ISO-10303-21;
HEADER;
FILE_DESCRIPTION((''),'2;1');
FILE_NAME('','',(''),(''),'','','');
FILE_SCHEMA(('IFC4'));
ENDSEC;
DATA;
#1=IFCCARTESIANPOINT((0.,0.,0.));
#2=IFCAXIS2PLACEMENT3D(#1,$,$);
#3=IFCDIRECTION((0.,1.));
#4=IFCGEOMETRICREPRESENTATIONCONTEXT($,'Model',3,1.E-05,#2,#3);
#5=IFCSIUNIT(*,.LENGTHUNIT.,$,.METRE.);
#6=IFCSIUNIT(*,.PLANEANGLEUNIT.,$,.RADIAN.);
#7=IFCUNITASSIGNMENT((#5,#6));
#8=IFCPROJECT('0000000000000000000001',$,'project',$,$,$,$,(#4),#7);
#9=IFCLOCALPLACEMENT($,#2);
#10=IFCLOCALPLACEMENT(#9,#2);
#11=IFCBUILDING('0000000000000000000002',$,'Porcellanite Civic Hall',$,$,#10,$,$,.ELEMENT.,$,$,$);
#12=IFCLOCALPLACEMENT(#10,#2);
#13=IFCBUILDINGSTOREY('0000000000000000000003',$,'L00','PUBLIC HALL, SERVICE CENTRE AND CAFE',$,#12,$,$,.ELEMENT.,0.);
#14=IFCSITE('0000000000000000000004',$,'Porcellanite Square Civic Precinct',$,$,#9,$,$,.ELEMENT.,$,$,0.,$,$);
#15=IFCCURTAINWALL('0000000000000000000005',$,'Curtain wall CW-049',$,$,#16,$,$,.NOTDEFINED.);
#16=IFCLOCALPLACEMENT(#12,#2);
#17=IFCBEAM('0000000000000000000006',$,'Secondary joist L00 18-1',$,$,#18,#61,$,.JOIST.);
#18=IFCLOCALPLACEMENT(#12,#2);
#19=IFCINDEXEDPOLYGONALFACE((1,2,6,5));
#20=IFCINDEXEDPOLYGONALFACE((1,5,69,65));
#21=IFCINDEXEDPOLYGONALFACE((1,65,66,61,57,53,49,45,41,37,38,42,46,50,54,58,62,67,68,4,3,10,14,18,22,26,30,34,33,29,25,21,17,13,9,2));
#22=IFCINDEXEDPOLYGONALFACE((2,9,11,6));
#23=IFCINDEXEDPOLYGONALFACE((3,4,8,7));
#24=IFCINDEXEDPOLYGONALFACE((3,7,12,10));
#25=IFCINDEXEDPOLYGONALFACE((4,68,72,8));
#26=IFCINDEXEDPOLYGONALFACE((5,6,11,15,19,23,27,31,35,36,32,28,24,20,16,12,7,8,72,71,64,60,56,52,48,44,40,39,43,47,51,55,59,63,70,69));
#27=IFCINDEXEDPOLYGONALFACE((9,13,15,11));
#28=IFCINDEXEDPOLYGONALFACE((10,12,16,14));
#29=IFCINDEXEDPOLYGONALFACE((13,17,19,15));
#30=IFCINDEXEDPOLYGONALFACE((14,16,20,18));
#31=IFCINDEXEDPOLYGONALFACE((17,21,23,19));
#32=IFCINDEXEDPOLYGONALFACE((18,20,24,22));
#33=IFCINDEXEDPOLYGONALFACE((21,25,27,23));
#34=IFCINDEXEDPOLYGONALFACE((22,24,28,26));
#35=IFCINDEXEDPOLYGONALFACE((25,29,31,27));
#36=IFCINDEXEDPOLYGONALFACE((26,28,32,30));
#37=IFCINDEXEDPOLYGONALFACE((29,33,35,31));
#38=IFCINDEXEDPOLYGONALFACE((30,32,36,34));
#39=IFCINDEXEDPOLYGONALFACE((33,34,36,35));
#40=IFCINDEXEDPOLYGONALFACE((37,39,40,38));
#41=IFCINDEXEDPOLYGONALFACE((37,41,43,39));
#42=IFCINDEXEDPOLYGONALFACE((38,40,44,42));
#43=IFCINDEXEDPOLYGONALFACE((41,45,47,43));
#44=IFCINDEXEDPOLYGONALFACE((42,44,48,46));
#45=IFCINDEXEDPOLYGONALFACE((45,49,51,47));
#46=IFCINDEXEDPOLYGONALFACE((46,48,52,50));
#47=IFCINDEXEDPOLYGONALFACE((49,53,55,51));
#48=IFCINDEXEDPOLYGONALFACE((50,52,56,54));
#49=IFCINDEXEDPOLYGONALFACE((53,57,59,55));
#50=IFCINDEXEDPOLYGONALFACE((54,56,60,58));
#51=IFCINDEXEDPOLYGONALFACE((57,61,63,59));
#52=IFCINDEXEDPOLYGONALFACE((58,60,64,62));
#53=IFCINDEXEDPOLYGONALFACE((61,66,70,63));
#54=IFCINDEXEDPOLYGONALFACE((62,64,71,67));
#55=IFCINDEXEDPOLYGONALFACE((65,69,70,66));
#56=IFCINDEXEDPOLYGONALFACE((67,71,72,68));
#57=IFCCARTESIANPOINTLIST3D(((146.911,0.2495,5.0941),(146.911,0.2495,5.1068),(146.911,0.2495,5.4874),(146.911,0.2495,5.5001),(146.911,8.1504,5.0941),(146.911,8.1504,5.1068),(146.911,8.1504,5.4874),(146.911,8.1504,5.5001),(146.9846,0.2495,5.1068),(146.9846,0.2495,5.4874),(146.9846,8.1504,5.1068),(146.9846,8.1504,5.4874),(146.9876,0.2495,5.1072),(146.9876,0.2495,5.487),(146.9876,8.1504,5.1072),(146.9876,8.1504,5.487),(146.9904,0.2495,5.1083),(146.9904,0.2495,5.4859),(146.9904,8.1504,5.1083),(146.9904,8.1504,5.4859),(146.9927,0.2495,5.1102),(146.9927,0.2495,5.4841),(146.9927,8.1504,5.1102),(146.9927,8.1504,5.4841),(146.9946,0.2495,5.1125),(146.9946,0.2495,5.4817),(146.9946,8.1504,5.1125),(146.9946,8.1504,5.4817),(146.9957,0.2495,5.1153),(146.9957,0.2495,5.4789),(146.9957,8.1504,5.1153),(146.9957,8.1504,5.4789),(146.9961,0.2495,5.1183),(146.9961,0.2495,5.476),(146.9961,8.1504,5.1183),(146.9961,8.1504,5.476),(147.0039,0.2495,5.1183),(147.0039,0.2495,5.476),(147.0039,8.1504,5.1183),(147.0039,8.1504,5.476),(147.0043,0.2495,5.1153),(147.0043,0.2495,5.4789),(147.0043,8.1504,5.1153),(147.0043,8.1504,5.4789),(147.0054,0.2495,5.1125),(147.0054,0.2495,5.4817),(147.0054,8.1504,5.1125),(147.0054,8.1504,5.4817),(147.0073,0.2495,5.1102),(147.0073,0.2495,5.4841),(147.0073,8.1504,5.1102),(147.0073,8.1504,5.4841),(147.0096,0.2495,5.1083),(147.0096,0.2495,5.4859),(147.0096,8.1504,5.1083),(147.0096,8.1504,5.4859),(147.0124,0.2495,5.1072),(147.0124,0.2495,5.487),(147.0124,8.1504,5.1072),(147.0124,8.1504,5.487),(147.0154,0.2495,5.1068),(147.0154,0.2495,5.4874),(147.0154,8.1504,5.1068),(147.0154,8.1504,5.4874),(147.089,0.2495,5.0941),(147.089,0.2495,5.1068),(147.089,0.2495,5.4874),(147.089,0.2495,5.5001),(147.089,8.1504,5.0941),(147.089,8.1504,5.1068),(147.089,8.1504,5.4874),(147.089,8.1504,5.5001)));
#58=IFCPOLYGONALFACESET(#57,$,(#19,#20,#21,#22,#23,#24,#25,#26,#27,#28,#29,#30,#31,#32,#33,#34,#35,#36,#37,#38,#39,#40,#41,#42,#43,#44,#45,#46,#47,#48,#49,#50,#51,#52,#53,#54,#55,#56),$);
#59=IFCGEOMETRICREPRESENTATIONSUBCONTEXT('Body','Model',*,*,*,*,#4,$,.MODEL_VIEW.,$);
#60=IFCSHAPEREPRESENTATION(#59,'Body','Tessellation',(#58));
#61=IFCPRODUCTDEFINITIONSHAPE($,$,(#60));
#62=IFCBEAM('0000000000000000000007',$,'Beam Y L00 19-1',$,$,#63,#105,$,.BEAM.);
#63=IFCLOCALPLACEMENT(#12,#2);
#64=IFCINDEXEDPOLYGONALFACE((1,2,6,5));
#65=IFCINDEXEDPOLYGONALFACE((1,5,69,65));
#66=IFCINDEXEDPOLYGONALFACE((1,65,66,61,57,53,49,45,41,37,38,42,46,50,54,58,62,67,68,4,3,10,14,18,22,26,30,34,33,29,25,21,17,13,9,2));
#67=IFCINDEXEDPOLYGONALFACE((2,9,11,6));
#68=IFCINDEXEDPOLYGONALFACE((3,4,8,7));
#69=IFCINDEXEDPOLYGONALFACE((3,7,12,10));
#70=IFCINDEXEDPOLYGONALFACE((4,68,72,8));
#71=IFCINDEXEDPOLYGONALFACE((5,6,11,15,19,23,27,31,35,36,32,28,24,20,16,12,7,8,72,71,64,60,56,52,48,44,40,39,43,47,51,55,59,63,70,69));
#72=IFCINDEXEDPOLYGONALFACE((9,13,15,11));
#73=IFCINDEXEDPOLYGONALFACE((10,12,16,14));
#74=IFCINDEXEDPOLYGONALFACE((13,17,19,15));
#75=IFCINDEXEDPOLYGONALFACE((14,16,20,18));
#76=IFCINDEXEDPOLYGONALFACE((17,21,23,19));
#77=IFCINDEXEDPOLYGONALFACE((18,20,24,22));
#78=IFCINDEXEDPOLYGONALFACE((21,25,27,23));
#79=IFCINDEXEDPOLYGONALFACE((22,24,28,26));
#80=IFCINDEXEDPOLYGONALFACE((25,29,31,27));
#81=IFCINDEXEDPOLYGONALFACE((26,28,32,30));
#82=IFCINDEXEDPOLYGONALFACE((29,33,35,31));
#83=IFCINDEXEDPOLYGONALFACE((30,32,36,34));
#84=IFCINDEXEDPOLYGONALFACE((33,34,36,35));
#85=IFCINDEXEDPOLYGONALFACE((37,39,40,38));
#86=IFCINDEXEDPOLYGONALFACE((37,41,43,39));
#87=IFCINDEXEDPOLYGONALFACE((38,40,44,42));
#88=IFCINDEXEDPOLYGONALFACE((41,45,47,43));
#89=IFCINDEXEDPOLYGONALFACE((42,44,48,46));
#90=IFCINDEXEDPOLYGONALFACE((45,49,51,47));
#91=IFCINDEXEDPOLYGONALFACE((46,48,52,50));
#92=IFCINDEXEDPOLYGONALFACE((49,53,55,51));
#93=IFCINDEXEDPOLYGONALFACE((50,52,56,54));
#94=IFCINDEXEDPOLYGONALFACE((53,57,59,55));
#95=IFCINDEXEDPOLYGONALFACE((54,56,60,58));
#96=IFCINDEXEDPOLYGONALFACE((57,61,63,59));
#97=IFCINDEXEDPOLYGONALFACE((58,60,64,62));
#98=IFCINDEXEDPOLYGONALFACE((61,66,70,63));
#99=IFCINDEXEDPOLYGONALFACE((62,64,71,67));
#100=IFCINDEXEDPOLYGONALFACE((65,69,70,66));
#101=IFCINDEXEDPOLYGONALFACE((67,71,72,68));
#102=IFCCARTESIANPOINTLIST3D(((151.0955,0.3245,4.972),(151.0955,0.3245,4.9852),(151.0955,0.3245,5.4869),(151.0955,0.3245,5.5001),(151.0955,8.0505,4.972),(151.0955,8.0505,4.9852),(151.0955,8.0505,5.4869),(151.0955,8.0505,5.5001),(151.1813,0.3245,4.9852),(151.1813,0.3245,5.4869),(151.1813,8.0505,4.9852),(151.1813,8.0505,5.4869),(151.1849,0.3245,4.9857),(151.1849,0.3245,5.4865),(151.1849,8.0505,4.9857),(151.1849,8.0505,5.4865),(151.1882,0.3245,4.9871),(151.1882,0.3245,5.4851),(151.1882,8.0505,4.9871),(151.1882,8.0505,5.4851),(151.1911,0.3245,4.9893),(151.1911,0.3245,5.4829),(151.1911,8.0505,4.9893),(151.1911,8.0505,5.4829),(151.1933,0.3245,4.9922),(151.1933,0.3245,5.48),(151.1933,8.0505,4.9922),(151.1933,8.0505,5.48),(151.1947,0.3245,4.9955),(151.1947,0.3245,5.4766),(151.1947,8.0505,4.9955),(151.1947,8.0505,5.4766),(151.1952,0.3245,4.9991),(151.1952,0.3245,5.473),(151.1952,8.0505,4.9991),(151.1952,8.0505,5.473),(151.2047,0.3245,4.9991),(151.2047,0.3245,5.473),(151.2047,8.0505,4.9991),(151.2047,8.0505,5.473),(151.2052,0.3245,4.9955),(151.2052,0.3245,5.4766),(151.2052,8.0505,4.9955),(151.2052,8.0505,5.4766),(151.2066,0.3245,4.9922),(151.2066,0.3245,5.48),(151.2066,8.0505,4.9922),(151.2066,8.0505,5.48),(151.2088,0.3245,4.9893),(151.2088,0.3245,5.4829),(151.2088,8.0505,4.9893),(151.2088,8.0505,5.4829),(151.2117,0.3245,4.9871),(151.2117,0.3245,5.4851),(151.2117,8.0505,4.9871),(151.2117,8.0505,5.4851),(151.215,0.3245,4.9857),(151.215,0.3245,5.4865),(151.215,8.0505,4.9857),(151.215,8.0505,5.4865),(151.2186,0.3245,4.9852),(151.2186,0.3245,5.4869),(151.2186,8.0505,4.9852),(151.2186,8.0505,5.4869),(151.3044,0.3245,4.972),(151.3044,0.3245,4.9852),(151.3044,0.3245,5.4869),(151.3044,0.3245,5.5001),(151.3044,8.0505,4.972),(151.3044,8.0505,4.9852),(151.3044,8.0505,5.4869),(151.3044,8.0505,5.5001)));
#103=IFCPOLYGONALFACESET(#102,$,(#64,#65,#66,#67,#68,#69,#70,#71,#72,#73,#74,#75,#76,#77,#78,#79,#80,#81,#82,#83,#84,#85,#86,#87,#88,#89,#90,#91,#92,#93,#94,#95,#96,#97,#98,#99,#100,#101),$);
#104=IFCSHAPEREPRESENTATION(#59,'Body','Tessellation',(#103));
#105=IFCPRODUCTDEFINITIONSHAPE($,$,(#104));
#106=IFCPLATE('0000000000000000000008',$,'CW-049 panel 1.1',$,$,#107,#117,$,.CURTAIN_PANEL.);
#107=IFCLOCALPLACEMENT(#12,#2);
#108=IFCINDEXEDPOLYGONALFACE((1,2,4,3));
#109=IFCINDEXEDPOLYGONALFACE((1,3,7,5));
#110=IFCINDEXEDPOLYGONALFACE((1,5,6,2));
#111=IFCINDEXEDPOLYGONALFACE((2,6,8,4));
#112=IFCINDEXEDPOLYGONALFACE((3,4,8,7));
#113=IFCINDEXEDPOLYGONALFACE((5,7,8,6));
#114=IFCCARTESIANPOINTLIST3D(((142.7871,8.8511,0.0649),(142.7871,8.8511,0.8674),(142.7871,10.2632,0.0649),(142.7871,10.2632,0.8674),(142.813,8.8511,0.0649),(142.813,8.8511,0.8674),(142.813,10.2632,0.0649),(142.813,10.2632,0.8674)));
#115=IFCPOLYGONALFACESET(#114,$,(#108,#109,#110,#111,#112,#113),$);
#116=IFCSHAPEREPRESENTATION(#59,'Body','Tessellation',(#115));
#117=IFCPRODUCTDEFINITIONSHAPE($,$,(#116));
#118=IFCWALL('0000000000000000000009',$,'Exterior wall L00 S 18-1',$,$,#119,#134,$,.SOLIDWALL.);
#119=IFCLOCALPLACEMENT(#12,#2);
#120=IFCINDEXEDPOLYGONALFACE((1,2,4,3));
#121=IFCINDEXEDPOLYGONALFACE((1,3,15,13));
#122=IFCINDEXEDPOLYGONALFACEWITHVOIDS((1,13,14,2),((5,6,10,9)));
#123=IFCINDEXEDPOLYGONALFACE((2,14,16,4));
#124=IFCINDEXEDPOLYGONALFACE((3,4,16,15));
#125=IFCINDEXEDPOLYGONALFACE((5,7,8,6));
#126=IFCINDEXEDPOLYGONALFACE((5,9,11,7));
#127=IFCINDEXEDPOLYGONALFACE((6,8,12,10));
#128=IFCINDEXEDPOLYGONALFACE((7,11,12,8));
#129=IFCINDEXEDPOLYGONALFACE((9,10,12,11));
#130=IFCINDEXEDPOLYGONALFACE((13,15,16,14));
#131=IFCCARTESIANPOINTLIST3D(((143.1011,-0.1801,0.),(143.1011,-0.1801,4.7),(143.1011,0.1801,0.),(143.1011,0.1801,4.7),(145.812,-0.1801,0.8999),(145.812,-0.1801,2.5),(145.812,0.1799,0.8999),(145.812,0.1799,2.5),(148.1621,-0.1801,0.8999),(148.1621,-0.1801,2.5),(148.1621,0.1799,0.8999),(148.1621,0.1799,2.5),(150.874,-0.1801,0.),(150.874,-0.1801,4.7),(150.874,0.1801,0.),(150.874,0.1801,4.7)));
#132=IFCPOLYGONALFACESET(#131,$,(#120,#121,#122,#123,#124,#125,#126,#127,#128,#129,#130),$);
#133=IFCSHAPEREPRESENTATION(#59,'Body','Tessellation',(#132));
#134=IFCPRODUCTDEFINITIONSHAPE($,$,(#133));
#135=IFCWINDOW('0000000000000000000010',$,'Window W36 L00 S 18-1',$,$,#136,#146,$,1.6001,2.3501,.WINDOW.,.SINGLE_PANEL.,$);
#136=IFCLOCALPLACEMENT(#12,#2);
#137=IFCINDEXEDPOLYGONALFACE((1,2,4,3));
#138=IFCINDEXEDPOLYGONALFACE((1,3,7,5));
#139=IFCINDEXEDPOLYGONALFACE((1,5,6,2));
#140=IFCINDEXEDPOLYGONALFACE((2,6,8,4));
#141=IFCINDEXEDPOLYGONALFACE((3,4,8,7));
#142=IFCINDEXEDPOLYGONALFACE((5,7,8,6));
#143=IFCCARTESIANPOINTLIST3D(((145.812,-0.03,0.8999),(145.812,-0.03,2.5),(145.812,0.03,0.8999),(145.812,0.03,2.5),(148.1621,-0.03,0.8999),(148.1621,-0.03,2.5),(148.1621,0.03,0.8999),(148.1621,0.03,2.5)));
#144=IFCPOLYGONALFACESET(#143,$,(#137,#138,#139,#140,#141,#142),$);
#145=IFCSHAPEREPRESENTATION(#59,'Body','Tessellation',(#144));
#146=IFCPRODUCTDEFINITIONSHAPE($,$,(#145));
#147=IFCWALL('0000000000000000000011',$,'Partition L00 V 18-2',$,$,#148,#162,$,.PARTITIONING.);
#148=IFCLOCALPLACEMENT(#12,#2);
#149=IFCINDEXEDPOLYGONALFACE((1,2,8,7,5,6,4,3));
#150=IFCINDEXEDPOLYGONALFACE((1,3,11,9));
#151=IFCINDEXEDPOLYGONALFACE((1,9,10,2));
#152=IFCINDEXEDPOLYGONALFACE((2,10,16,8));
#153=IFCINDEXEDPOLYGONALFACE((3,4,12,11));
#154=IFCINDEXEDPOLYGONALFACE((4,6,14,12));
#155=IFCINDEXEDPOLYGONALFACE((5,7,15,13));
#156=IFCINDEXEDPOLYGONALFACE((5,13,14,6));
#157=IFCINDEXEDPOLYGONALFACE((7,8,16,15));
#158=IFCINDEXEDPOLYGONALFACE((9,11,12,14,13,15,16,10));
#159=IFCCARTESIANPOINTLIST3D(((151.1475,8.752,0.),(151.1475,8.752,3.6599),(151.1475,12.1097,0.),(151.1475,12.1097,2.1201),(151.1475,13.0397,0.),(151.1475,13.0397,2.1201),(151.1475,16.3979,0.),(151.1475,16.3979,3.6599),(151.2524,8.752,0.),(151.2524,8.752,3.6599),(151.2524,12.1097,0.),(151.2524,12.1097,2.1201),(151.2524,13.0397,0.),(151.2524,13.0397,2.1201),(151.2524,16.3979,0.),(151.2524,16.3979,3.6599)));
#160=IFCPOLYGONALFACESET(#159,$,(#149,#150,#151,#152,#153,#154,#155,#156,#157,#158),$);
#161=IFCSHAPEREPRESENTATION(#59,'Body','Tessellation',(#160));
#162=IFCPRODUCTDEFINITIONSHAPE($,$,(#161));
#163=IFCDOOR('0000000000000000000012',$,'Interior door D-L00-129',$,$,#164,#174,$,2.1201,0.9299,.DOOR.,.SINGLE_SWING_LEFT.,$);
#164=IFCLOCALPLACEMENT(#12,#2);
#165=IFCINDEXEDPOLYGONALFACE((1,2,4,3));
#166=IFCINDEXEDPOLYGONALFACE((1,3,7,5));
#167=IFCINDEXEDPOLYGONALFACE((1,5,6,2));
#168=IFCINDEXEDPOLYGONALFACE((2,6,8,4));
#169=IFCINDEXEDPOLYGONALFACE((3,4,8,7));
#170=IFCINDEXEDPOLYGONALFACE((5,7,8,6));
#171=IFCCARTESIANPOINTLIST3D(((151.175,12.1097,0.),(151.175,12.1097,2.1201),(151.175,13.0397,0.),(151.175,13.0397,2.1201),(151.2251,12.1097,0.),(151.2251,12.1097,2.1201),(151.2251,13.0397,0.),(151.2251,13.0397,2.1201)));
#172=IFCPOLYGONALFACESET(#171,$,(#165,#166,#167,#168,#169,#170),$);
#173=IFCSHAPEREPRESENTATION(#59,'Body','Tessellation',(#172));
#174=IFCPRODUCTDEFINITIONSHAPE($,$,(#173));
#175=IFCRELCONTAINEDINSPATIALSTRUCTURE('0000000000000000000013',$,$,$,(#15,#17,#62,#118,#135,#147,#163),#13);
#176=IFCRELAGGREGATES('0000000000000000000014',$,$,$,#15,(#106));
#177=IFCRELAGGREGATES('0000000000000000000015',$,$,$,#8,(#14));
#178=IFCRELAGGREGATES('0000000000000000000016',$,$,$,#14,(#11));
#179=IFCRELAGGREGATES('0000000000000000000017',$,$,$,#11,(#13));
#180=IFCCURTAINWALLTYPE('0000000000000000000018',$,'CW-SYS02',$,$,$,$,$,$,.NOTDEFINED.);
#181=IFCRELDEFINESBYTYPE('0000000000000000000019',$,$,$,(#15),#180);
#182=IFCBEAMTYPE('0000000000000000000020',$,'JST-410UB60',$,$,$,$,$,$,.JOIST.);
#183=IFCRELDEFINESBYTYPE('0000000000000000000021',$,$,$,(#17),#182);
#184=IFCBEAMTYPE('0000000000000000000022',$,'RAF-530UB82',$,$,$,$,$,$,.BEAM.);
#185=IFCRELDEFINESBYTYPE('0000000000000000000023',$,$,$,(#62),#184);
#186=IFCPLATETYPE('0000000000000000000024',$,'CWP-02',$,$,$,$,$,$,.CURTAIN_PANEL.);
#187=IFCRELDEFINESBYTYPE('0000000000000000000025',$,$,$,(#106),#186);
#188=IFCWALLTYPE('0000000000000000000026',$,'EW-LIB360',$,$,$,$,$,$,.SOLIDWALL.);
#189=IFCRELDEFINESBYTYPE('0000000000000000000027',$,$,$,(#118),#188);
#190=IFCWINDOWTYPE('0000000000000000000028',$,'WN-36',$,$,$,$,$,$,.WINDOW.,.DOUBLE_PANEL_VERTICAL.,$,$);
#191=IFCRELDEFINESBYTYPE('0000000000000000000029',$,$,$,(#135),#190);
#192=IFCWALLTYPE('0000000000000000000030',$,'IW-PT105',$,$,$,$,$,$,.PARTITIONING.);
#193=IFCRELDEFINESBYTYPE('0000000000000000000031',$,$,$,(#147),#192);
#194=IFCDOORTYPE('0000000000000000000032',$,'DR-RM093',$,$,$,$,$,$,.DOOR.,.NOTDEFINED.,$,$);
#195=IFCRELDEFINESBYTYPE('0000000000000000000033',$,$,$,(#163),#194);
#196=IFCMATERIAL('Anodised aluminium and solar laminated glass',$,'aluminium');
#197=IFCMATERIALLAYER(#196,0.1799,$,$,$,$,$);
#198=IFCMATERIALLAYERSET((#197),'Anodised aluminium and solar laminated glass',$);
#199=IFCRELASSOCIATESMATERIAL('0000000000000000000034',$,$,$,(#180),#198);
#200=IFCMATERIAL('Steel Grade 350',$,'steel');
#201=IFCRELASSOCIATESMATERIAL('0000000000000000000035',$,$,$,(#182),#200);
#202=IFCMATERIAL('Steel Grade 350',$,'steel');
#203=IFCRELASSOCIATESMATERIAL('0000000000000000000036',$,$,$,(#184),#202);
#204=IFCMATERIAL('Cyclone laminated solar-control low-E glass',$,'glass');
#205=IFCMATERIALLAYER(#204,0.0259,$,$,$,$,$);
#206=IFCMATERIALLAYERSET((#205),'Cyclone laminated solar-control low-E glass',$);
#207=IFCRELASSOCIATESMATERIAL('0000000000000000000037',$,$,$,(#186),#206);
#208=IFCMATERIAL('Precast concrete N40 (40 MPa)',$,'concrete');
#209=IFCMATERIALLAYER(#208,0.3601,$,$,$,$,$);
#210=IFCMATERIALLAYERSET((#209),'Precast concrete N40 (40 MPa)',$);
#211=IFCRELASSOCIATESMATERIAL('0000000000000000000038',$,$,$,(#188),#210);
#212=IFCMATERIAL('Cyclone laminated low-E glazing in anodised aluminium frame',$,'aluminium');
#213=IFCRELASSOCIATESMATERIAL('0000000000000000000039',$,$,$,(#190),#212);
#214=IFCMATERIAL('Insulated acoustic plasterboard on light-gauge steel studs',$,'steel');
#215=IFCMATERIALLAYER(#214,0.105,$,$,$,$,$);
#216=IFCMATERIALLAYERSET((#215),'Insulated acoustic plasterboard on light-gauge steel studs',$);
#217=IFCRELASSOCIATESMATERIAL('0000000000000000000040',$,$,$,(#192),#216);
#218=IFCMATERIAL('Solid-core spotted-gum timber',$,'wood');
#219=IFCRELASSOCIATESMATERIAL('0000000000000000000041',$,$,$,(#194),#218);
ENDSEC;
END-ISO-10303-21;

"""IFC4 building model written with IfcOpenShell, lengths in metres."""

from ifc_helpers import new_model, si_unit, direction, frame, frame_2d, origin, origin_2d, place, context, subcontext, project, spatial, rectangle, i_section, extrude, material, layer, layer_set, material_profile, profile_set, type_object, element, fill, aggregate, save


model = new_model("IFC4")

# Units and contexts
model_context = context("Model", 3, precision=1e-05, world=origin(), true_north=direction((0.0, 1.0)))
body_context = subcontext(model_context, "Body", "Model", "MODEL_VIEW")
ifc_project = project(units=[si_unit("LENGTHUNIT", "METRE"), si_unit("PLANEANGLEUNIT", "RADIAN")], contexts=[model_context])

# Site, building, storey
site_placement = place(None, origin())
site = spatial("IfcSite", under=ifc_project, at=site_placement, Name="Porcellanite Square Civic Precinct", CompositionType="ELEMENT", RefElevation=0.0)
building_placement = place(site_placement, origin())
building = spatial("IfcBuilding", under=site, at=building_placement, Name="Porcellanite Civic Hall", CompositionType="ELEMENT")
storey_placement = place(building_placement, origin())
storey = spatial("IfcBuildingStorey", under=building, at=storey_placement, Name="L00", Description="PUBLIC HALL, SERVICE CENTRE AND CAFE", CompositionType="ELEMENT", Elevation=0.0)

# Curtain wall
ifc_material_1 = material(Name="Anodised aluminium and solar laminated glass", Category="aluminium")
ifc_layer_1 = layer(ifc_material_1, 0.1799)
ifc_layer_set_1 = layer_set([ifc_layer_1], Name="Anodised aluminium and solar laminated glass")
curtain_wall_type = type_object("IfcCurtainWallType", Name="CW-SYS02", PredefinedType="NOTDEFINED", material=ifc_layer_set_1)
curtain_wall_placement = place(storey_placement, origin())
curtain_wall = element("IfcCurtainWall", 1, at=curtain_wall_placement, inside=storey, type_object=curtain_wall_type, Name="Curtain wall CW-049", PredefinedType="NOTDEFINED")

# Beams
ifc_material_2 = material(Name="Steel Grade 350", Category="steel")
ifc_material_profile_1 = material_profile(ifc_material_2, i_section(OverallWidth=0.178, OverallDepth=0.406, WebThickness=0.0078, FlangeThickness=0.0127, FilletRadius=0.0115, at=origin_2d()), Name="410UB59.7")
ifc_profile_set_1 = profile_set([ifc_material_profile_1], Name="Steel Grade 350")
beam_type_1 = type_object("IfcBeamType", Name="JST-410UB60", PredefinedType="JOIST", material=ifc_profile_set_1)
beam_1_placement = place(storey_placement, frame((147.0, 0.2495, 5.2971), z_axis=(0.0, 1.0, 0.0), x_axis=(-1.0, 0.0, 0.0)))
element("IfcBeam", 2, at=beam_1_placement, inside=storey, type_object=beam_type_1, Name="Secondary joist L00 18-1", PredefinedType="JOIST", context=body_context, shape_type="SweptSolid", body=[
    extrude(i_section(OverallWidth=0.178, OverallDepth=0.406, WebThickness=0.0078, FlangeThickness=0.0127, FilletRadius=0.0115, at=origin_2d()), origin(), (0.0, 0.0, 1.0), 7.9009),
])
ifc_material_3 = material(Name="Steel Grade 350", Category="steel")
ifc_material_profile_2 = material_profile(ifc_material_3, i_section(OverallWidth=0.209, OverallDepth=0.5281, WebThickness=0.0095, FlangeThickness=0.0132, FilletRadius=0.0139, at=origin_2d()), Name="530UB82.0")
ifc_profile_set_2 = profile_set([ifc_material_profile_2], Name="Steel Grade 350")
beam_type_2 = type_object("IfcBeamType", Name="RAF-530UB82", PredefinedType="BEAM", material=ifc_profile_set_2)
beam_2_placement = place(storey_placement, frame((151.2, 0.3245, 5.2361), z_axis=(0.0, 1.0, 0.0), x_axis=(-1.0, 0.0, 0.0)))
element("IfcBeam", 3, at=beam_2_placement, inside=storey, type_object=beam_type_2, Name="Beam Y L00 19-1", PredefinedType="BEAM", context=body_context, shape_type="SweptSolid", body=[
    extrude(i_section(OverallWidth=0.209, OverallDepth=0.5281, WebThickness=0.0095, FlangeThickness=0.0132, FilletRadius=0.0139, at=origin_2d()), origin(), (0.0, 0.0, 1.0), 7.7261),
])

# Plate
ifc_material_4 = material(Name="Cyclone laminated solar-control low-E glass", Category="glass")
ifc_layer_2 = layer(ifc_material_4, 0.0259)
ifc_layer_set_2 = layer_set([ifc_layer_2], Name="Cyclone laminated solar-control low-E glass")
plate_type = type_object("IfcPlateType", Name="CWP-02", PredefinedType="CURTAIN_PANEL", material=ifc_layer_set_2)
plate_placement = place(storey_placement, frame((142.8, 9.5571, 0.0649), z_axis=(0.0, 0.0, 1.0), x_axis=(0.0, 1.0, 0.0)))
plate = element("IfcPlate", 4, at=plate_placement, type_object=plate_type, Name="CW-049 panel 1.1", PredefinedType="CURTAIN_PANEL", context=body_context, shape_type="SweptSolid", body=[
    extrude(rectangle(XDim=1.4121, YDim=0.0259, at=origin_2d()), origin(), (0.0, 0.0, 1.0), 0.8025),
])
aggregate(curtain_wall, [plate])

# Wall, opening, window
ifc_material_5 = material(Name="Precast concrete N40 (40 MPa)", Category="concrete")
ifc_layer_3 = layer(ifc_material_5, 0.3601)
ifc_layer_set_3 = layer_set([ifc_layer_3], Name="Precast concrete N40 (40 MPa)")
wall_type_1 = type_object("IfcWallType", Name="EW-LIB360", PredefinedType="SOLIDWALL", material=ifc_layer_set_3)
wall_1_placement = place(storey_placement, frame((150.874, 0.0, 0.0), z_axis=(0.0, 0.0, 1.0), x_axis=(-1.0, 0.0, 0.0)))
wall_1 = element("IfcWall", 5, at=wall_1_placement, inside=storey, type_object=wall_type_1, Name="Exterior wall L00 S 18-1", PredefinedType="SOLIDWALL", context=body_context, shape_type="SweptSolid", body=[
    extrude(rectangle(XDim=7.7729, YDim=0.3601, at=frame_2d((3.8865, 0.0))), origin(), (0.0, 0.0, 1.0), 4.7),
])
opening_1_placement = place(wall_1_placement, frame((2.7119, 0.0, 0.8999)))
opening_1 = element("IfcOpeningElement", 6, at=opening_1_placement, cuts=wall_1, PredefinedType="OPENING", context=body_context, shape_type="SweptSolid", body=[
    extrude(rectangle(XDim=2.3501, YDim=1.6001, at=frame_2d((1.175, 0.8))), frame((0.0, 0.1802, 0.0), z_axis=(0.0, -1.0, 0.0), x_axis=(1.0, 0.0, 0.0)), (0.0, 0.0, 1.0), 0.3601),
])
ifc_material_6 = material(Name="Cyclone laminated low-E glazing in anodised aluminium frame", Category="aluminium")
window_type = type_object("IfcWindowType", Name="WN-36", PartitioningType="DOUBLE_PANEL_VERTICAL", PredefinedType="WINDOW", material=ifc_material_6)
window_placement = place(opening_1_placement, origin())
window = element("IfcWindow", 7, at=window_placement, inside=storey, type_object=window_type, Name="Window W36 L00 S 18-1", OverallHeight=1.6001, OverallWidth=2.3501, PartitioningType="SINGLE_PANEL", PredefinedType="WINDOW", context=body_context, shape_type="SweptSolid", body=[
    extrude(rectangle(XDim=2.3501, YDim=1.6001, at=frame_2d((1.175, 0.8))), frame((0.0, 0.03, 0.0), z_axis=(0.0, -1.0, 0.0), x_axis=(1.0, 0.0, 0.0)), (0.0, 0.0, 1.0), 0.0601),
])
fill(opening_1, window)

# Wall, opening, door
ifc_material_7 = material(Name="Insulated acoustic plasterboard on light-gauge steel studs", Category="steel")
ifc_layer_4 = layer(ifc_material_7, 0.105)
ifc_layer_set_4 = layer_set([ifc_layer_4], Name="Insulated acoustic plasterboard on light-gauge steel studs")
wall_type_2 = type_object("IfcWallType", Name="IW-PT105", PredefinedType="PARTITIONING", material=ifc_layer_set_4)
wall_2_placement = place(storey_placement, frame((151.2, 8.752, 0.0), z_axis=(0.0, 0.0, 1.0), x_axis=(0.0, 1.0, 0.0)))
wall_2 = element("IfcWall", 8, at=wall_2_placement, inside=storey, type_object=wall_type_2, Name="Partition L00 V 18-2", PredefinedType="PARTITIONING", context=body_context, shape_type="SweptSolid", body=[
    extrude(rectangle(XDim=7.646, YDim=0.105, at=frame_2d((3.823, 0.0))), origin(), (0.0, 0.0, 1.0), 3.6599),
])
opening_2_placement = place(wall_2_placement, frame((3.3579, 0.0, 0.0)))
opening_2 = element("IfcOpeningElement", 9, at=opening_2_placement, cuts=wall_2, PredefinedType="OPENING", context=body_context, shape_type="SweptSolid", body=[
    extrude(rectangle(XDim=0.9299, YDim=2.1201, at=frame_2d((0.4648, 1.0601))), frame((0.0, 0.0525, 0.0), z_axis=(0.0, -1.0, 0.0), x_axis=(1.0, 0.0, 0.0)), (0.0, 0.0, 1.0), 0.105),
])
ifc_material_8 = material(Name="Solid-core spotted-gum timber", Category="wood")
door_type_1 = type_object("IfcDoorType", Name="DR-RM093", OperationType="NOTDEFINED", PredefinedType="DOOR", material=ifc_material_8)
door_1_placement = place(opening_2_placement, origin())
door_1 = element("IfcDoor", 10, at=door_1_placement, inside=storey, type_object=door_type_1, Name="Interior door D-L00-129", OperationType="SINGLE_SWING_LEFT", OverallHeight=2.1201, OverallWidth=0.9299, PredefinedType="DOOR", context=body_context, shape_type="SweptSolid", body=[
    extrude(rectangle(XDim=0.9299, YDim=2.1201, at=frame_2d((0.4648, 1.0601))), frame((0.0, 0.0249, 0.0), z_axis=(0.0, -1.0, 0.0), x_axis=(1.0, 0.0, 0.0)), (0.0, 0.0, 1.0), 0.05),
])
fill(opening_2, door_1)

save(model, "model.ifc")
